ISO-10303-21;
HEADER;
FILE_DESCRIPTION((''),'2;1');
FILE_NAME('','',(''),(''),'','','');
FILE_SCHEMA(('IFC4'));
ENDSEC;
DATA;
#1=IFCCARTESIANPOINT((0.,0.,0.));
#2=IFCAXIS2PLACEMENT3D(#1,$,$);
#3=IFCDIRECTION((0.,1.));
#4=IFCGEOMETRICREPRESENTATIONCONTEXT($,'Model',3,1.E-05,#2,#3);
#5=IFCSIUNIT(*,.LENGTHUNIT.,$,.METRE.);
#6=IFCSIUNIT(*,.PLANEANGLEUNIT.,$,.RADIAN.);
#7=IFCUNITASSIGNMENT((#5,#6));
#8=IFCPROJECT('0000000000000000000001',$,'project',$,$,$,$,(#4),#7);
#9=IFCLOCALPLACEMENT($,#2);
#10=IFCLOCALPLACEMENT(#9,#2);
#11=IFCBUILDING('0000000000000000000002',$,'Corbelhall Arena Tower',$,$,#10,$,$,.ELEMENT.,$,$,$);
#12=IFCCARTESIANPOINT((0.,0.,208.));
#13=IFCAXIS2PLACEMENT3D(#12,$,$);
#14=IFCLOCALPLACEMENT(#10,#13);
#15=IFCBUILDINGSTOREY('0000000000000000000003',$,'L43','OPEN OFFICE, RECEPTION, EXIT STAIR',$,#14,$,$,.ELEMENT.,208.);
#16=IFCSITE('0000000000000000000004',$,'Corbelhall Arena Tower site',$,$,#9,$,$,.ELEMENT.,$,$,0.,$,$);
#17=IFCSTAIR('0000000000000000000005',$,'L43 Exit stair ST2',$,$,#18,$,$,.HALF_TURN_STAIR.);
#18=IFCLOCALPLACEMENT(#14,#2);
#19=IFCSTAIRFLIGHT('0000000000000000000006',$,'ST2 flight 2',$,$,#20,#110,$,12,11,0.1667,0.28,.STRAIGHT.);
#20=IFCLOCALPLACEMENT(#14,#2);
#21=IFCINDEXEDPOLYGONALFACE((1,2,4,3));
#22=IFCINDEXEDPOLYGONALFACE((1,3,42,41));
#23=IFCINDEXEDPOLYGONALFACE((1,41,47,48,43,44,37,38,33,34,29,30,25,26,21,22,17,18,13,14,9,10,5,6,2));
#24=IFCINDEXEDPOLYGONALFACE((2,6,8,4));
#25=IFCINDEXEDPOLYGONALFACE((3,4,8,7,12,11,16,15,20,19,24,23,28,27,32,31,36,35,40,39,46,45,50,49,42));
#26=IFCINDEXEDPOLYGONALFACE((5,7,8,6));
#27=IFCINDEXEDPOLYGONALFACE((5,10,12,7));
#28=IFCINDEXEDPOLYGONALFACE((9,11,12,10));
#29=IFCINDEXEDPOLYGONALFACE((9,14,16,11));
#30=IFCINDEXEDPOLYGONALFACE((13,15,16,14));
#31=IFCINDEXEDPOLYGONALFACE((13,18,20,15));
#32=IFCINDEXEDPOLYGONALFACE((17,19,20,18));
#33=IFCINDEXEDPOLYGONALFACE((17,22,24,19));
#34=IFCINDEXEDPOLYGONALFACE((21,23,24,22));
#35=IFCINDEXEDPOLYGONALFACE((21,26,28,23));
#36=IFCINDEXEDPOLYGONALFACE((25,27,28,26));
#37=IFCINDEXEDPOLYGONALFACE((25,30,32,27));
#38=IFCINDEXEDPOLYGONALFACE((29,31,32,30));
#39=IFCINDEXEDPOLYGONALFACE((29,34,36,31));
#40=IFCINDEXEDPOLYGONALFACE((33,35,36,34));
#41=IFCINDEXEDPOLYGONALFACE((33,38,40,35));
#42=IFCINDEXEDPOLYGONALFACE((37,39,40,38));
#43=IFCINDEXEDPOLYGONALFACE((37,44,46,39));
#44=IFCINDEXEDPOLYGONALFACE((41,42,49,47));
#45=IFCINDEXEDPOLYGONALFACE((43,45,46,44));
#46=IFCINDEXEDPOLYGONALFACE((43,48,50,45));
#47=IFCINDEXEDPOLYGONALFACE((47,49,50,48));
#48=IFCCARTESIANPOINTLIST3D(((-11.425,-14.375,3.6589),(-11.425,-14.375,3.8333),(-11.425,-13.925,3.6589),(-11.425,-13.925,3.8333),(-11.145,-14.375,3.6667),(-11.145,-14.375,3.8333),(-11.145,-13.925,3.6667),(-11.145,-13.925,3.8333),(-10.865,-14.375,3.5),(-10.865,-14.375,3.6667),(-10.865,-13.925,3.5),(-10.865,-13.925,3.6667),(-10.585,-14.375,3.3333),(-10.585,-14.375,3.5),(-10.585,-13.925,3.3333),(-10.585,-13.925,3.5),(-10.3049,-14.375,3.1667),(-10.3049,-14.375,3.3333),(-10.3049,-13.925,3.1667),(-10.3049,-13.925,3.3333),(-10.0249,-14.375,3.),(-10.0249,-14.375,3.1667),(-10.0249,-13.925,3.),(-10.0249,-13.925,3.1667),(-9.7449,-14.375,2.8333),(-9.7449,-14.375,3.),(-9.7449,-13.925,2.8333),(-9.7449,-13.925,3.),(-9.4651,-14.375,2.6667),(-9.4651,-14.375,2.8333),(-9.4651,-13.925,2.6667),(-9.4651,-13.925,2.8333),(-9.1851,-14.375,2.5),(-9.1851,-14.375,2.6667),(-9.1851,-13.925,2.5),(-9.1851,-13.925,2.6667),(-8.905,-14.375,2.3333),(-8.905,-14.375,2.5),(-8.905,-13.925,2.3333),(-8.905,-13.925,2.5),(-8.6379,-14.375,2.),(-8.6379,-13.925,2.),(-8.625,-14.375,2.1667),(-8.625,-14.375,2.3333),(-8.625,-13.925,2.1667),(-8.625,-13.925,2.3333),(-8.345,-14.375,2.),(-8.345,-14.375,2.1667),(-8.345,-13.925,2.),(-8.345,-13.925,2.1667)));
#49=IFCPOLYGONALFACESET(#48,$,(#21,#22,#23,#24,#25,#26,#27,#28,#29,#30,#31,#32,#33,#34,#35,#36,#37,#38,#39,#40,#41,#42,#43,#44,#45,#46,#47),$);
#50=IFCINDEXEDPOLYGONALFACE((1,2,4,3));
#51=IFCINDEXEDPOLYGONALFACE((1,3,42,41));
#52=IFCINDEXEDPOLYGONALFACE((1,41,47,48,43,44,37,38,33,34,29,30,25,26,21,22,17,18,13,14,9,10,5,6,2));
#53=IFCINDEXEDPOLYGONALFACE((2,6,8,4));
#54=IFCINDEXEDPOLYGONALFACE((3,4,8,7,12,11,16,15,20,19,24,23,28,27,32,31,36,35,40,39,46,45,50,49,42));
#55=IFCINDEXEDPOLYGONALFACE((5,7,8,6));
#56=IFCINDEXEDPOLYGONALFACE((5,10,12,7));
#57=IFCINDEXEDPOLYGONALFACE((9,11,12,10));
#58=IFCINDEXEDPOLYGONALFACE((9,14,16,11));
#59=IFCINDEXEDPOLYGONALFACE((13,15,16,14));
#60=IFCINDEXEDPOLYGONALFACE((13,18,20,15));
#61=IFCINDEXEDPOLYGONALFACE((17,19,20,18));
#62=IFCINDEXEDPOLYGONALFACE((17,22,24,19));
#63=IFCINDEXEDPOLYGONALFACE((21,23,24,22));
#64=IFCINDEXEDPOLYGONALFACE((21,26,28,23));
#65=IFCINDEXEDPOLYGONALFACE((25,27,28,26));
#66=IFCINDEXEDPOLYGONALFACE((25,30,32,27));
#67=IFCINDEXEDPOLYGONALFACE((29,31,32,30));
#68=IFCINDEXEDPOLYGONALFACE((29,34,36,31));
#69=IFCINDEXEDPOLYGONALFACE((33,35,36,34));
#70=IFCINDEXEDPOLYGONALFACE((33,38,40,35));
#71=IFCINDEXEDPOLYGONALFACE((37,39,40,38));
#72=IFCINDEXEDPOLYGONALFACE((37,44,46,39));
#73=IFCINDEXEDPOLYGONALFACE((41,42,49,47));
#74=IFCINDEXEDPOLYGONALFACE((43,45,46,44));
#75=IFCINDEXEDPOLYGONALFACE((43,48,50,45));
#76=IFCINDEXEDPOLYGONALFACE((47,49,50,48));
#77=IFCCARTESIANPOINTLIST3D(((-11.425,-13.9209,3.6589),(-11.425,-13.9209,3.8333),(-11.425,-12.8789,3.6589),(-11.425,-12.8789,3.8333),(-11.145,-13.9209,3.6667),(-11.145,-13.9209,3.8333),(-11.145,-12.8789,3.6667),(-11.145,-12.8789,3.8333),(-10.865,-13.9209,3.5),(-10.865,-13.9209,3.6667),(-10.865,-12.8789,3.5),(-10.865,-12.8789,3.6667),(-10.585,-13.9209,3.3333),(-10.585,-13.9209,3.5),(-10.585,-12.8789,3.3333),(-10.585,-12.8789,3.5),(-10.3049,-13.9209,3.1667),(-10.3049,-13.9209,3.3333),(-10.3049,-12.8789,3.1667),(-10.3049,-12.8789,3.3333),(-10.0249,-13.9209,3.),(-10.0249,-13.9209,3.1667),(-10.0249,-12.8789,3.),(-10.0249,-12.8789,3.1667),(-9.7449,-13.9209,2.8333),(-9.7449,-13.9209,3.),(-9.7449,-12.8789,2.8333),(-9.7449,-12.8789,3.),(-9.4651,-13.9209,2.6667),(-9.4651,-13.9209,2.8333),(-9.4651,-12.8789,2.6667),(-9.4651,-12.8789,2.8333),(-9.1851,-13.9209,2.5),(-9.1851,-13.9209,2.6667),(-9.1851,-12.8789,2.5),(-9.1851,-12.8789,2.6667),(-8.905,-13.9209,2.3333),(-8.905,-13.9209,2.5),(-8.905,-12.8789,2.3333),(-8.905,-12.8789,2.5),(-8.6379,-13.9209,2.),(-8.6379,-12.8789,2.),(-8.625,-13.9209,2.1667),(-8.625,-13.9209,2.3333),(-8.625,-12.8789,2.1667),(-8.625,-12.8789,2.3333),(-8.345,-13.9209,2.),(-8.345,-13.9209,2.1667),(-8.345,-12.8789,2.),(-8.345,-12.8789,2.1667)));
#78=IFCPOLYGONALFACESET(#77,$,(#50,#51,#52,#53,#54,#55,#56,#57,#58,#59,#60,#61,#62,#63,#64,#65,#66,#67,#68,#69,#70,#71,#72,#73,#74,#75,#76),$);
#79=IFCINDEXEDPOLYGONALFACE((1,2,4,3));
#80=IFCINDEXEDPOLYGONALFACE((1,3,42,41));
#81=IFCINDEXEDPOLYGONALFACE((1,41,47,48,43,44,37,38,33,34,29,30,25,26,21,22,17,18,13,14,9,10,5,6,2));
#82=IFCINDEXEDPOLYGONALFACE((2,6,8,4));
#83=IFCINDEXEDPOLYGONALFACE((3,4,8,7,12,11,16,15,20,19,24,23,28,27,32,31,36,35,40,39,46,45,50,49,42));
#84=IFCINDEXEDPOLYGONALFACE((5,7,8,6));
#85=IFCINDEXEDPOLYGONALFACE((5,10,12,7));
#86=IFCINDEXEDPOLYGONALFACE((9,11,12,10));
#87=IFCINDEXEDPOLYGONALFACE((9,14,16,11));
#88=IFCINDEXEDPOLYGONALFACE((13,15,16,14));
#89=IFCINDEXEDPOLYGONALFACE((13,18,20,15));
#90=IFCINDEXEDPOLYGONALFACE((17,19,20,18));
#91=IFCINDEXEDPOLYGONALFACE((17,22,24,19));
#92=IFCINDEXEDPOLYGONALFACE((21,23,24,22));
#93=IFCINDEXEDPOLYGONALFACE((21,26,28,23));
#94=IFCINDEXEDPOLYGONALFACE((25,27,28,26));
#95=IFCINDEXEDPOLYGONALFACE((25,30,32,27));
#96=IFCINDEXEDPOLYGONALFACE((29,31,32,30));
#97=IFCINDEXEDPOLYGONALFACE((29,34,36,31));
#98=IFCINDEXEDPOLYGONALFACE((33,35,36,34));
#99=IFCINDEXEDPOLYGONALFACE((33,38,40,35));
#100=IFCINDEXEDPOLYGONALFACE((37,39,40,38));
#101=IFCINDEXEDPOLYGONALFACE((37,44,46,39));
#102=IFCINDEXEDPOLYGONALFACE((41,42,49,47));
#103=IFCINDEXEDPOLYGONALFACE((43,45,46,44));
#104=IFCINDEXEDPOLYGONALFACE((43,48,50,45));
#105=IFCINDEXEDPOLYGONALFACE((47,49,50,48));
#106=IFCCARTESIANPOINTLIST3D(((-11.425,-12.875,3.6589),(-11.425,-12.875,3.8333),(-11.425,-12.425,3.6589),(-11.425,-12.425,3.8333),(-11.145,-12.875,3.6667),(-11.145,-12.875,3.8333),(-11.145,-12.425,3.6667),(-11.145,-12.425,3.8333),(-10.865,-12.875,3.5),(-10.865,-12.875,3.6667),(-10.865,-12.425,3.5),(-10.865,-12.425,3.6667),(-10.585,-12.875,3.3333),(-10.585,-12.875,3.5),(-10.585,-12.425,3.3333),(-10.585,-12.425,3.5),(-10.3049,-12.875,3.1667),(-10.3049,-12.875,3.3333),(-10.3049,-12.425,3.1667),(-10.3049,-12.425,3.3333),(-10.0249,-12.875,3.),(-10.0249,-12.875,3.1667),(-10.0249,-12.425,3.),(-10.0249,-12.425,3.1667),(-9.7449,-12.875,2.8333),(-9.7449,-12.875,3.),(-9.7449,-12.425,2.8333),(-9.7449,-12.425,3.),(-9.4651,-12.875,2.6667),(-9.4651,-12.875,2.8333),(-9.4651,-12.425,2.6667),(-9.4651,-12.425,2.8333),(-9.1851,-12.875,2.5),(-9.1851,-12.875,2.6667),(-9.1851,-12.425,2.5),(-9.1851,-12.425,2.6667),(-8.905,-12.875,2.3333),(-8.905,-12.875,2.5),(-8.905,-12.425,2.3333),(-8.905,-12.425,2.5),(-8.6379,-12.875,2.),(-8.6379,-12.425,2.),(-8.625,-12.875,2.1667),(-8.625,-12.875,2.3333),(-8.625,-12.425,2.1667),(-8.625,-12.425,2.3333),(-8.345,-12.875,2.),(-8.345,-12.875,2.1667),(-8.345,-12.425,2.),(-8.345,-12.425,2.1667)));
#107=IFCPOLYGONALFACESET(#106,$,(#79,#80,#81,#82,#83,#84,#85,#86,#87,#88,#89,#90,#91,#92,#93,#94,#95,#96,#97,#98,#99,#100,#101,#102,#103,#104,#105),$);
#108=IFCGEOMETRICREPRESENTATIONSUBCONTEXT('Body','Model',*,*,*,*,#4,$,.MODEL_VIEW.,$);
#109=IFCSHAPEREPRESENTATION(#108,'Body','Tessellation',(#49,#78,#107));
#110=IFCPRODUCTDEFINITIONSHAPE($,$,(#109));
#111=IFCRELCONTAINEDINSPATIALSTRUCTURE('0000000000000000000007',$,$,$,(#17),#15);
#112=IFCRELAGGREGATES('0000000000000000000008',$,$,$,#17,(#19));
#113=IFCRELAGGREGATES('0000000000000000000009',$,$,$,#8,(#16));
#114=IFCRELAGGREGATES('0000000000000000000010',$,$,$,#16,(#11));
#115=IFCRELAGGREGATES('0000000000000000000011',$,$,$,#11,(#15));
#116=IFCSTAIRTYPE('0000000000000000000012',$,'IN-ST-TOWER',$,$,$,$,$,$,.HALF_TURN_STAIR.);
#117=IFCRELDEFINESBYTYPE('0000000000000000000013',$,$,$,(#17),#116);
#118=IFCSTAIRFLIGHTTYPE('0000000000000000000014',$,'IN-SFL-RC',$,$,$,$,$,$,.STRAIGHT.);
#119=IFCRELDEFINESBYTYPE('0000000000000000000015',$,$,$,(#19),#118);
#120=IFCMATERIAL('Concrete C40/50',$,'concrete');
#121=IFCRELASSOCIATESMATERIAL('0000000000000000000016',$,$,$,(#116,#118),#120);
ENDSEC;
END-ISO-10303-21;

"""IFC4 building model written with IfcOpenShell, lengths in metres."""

from ifc_helpers import new_model, si_unit, direction, frame, origin, place, context, subcontext, project, spatial, polyline, outline, extrude, material, type_object, element, aggregate, save


model = new_model("IFC4")

# Units and contexts
model_context = context("Model", 3, precision=1e-05, world=origin(), true_north=direction((0.0, 1.0)))
body_context = subcontext(model_context, "Body", "Model", "MODEL_VIEW")
ifc_project = project(units=[si_unit("LENGTHUNIT", "METRE"), si_unit("PLANEANGLEUNIT", "RADIAN")], contexts=[model_context])

# Site, building, storey
site_placement = place(None, origin())
site = spatial("IfcSite", under=ifc_project, at=site_placement, Name="Corbelhall Arena Tower site", CompositionType="ELEMENT", RefElevation=0.0)
building_placement = place(site_placement, origin())
building = spatial("IfcBuilding", under=site, at=building_placement, Name="Corbelhall Arena Tower", CompositionType="ELEMENT")
storey_placement = place(building_placement, frame((0.0, 0.0, 208.0)))
storey = spatial("IfcBuildingStorey", under=building, at=storey_placement, Name="L43", Description="OPEN OFFICE, RECEPTION, EXIT STAIR", CompositionType="ELEMENT", Elevation=208.0)

# Stair, stair flight
ifc_material_1 = material(Name="Concrete C40/50", Category="concrete")
stair_type = type_object("IfcStairType", Name="IN-ST-TOWER", PredefinedType="HALF_TURN_STAIR", material=ifc_material_1)
stair_placement = place(storey_placement, origin())
stair = element("IfcStair", 1, at=stair_placement, inside=storey, type_object=stair_type, Name="L43 Exit stair ST2", PredefinedType="HALF_TURN_STAIR")
stair_flight_type = type_object("IfcStairFlightType", Name="IN-SFL-RC", PredefinedType="STRAIGHT", material=ifc_material_1)
stair_flight_1_placement = place(storey_placement, frame((-8.345, -13.3999, 2.0), z_axis=(0.0, 0.0, 1.0), x_axis=(-1.0, 0.0, 0.0)))
stair_flight_1 = element("IfcStairFlight", 2, at=stair_flight_1_placement, type_object=stair_flight_type, Name="ST2 flight 2", NumberOfRisers=12, NumberOfTreads=11, PredefinedType="STRAIGHT", RiserHeight=0.1667, TreadLength=0.28, context=body_context, shape_type="SweptSolid", body=[
    extrude(outline(polyline([(0.0, 0.0), (0.0, 0.1667), (0.28, 0.1667), (0.28, 0.3333), (0.5601, 0.3333), (0.5601, 0.5), (0.8401, 0.5), (0.8401, 0.6667), (1.1201, 0.6667), (1.1201, 0.8333), (1.3999, 0.8333), (1.3999, 1.0), (1.6799, 1.0), (1.6799, 1.1667), (1.96, 1.1667), (1.96, 1.3333), (2.24, 1.3333), (2.24, 1.5), (2.52, 1.5), (2.52, 1.6667), (2.8, 1.6667), (2.8, 1.8333), (3.0801, 1.8333), (3.0801, 2.0), (3.0801, 1.6589), (0.293, 0.0), (0.0, 0.0)])), frame((0.0, 0.9751, 0.0), z_axis=(0.0, -1.0, 0.0), x_axis=(1.0, 0.0, 0.0)), (0.0, 0.0, 1.0), 0.45),
    extrude(outline(polyline([(0.0, 0.0), (0.0, 0.1667), (0.28, 0.1667), (0.28, 0.3333), (0.5601, 0.3333), (0.5601, 0.5), (0.8401, 0.5), (0.8401, 0.6667), (1.1201, 0.6667), (1.1201, 0.8333), (1.3999, 0.8333), (1.3999, 1.0), (1.6799, 1.0), (1.6799, 1.1667), (1.96, 1.1667), (1.96, 1.3333), (2.24, 1.3333), (2.24, 1.5), (2.52, 1.5), (2.52, 1.6667), (2.8, 1.6667), (2.8, 1.8333), (3.0801, 1.8333), (3.0801, 2.0), (3.0801, 1.6589), (0.293, 0.0), (0.0, 0.0)])), frame((0.0, 0.521, 0.0), z_axis=(0.0, -1.0, 0.0), x_axis=(1.0, 0.0, 0.0)), (0.0, 0.0, 1.0), 1.042),
    extrude(outline(polyline([(0.0, 0.0), (0.0, 0.1667), (0.28, 0.1667), (0.28, 0.3333), (0.5601, 0.3333), (0.5601, 0.5), (0.8401, 0.5), (0.8401, 0.6667), (1.1201, 0.6667), (1.1201, 0.8333), (1.3999, 0.8333), (1.3999, 1.0), (1.6799, 1.0), (1.6799, 1.1667), (1.96, 1.1667), (1.96, 1.3333), (2.24, 1.3333), (2.24, 1.5), (2.52, 1.5), (2.52, 1.6667), (2.8, 1.6667), (2.8, 1.8333), (3.0801, 1.8333), (3.0801, 2.0), (3.0801, 1.6589), (0.293, 0.0), (0.0, 0.0)])), frame((0.0, -0.5249, 0.0), z_axis=(0.0, -1.0, 0.0), x_axis=(1.0, 0.0, 0.0)), (0.0, 0.0, 1.0), 0.45),
])
aggregate(stair, [stair_flight_1])

save(model, "model.ifc")
